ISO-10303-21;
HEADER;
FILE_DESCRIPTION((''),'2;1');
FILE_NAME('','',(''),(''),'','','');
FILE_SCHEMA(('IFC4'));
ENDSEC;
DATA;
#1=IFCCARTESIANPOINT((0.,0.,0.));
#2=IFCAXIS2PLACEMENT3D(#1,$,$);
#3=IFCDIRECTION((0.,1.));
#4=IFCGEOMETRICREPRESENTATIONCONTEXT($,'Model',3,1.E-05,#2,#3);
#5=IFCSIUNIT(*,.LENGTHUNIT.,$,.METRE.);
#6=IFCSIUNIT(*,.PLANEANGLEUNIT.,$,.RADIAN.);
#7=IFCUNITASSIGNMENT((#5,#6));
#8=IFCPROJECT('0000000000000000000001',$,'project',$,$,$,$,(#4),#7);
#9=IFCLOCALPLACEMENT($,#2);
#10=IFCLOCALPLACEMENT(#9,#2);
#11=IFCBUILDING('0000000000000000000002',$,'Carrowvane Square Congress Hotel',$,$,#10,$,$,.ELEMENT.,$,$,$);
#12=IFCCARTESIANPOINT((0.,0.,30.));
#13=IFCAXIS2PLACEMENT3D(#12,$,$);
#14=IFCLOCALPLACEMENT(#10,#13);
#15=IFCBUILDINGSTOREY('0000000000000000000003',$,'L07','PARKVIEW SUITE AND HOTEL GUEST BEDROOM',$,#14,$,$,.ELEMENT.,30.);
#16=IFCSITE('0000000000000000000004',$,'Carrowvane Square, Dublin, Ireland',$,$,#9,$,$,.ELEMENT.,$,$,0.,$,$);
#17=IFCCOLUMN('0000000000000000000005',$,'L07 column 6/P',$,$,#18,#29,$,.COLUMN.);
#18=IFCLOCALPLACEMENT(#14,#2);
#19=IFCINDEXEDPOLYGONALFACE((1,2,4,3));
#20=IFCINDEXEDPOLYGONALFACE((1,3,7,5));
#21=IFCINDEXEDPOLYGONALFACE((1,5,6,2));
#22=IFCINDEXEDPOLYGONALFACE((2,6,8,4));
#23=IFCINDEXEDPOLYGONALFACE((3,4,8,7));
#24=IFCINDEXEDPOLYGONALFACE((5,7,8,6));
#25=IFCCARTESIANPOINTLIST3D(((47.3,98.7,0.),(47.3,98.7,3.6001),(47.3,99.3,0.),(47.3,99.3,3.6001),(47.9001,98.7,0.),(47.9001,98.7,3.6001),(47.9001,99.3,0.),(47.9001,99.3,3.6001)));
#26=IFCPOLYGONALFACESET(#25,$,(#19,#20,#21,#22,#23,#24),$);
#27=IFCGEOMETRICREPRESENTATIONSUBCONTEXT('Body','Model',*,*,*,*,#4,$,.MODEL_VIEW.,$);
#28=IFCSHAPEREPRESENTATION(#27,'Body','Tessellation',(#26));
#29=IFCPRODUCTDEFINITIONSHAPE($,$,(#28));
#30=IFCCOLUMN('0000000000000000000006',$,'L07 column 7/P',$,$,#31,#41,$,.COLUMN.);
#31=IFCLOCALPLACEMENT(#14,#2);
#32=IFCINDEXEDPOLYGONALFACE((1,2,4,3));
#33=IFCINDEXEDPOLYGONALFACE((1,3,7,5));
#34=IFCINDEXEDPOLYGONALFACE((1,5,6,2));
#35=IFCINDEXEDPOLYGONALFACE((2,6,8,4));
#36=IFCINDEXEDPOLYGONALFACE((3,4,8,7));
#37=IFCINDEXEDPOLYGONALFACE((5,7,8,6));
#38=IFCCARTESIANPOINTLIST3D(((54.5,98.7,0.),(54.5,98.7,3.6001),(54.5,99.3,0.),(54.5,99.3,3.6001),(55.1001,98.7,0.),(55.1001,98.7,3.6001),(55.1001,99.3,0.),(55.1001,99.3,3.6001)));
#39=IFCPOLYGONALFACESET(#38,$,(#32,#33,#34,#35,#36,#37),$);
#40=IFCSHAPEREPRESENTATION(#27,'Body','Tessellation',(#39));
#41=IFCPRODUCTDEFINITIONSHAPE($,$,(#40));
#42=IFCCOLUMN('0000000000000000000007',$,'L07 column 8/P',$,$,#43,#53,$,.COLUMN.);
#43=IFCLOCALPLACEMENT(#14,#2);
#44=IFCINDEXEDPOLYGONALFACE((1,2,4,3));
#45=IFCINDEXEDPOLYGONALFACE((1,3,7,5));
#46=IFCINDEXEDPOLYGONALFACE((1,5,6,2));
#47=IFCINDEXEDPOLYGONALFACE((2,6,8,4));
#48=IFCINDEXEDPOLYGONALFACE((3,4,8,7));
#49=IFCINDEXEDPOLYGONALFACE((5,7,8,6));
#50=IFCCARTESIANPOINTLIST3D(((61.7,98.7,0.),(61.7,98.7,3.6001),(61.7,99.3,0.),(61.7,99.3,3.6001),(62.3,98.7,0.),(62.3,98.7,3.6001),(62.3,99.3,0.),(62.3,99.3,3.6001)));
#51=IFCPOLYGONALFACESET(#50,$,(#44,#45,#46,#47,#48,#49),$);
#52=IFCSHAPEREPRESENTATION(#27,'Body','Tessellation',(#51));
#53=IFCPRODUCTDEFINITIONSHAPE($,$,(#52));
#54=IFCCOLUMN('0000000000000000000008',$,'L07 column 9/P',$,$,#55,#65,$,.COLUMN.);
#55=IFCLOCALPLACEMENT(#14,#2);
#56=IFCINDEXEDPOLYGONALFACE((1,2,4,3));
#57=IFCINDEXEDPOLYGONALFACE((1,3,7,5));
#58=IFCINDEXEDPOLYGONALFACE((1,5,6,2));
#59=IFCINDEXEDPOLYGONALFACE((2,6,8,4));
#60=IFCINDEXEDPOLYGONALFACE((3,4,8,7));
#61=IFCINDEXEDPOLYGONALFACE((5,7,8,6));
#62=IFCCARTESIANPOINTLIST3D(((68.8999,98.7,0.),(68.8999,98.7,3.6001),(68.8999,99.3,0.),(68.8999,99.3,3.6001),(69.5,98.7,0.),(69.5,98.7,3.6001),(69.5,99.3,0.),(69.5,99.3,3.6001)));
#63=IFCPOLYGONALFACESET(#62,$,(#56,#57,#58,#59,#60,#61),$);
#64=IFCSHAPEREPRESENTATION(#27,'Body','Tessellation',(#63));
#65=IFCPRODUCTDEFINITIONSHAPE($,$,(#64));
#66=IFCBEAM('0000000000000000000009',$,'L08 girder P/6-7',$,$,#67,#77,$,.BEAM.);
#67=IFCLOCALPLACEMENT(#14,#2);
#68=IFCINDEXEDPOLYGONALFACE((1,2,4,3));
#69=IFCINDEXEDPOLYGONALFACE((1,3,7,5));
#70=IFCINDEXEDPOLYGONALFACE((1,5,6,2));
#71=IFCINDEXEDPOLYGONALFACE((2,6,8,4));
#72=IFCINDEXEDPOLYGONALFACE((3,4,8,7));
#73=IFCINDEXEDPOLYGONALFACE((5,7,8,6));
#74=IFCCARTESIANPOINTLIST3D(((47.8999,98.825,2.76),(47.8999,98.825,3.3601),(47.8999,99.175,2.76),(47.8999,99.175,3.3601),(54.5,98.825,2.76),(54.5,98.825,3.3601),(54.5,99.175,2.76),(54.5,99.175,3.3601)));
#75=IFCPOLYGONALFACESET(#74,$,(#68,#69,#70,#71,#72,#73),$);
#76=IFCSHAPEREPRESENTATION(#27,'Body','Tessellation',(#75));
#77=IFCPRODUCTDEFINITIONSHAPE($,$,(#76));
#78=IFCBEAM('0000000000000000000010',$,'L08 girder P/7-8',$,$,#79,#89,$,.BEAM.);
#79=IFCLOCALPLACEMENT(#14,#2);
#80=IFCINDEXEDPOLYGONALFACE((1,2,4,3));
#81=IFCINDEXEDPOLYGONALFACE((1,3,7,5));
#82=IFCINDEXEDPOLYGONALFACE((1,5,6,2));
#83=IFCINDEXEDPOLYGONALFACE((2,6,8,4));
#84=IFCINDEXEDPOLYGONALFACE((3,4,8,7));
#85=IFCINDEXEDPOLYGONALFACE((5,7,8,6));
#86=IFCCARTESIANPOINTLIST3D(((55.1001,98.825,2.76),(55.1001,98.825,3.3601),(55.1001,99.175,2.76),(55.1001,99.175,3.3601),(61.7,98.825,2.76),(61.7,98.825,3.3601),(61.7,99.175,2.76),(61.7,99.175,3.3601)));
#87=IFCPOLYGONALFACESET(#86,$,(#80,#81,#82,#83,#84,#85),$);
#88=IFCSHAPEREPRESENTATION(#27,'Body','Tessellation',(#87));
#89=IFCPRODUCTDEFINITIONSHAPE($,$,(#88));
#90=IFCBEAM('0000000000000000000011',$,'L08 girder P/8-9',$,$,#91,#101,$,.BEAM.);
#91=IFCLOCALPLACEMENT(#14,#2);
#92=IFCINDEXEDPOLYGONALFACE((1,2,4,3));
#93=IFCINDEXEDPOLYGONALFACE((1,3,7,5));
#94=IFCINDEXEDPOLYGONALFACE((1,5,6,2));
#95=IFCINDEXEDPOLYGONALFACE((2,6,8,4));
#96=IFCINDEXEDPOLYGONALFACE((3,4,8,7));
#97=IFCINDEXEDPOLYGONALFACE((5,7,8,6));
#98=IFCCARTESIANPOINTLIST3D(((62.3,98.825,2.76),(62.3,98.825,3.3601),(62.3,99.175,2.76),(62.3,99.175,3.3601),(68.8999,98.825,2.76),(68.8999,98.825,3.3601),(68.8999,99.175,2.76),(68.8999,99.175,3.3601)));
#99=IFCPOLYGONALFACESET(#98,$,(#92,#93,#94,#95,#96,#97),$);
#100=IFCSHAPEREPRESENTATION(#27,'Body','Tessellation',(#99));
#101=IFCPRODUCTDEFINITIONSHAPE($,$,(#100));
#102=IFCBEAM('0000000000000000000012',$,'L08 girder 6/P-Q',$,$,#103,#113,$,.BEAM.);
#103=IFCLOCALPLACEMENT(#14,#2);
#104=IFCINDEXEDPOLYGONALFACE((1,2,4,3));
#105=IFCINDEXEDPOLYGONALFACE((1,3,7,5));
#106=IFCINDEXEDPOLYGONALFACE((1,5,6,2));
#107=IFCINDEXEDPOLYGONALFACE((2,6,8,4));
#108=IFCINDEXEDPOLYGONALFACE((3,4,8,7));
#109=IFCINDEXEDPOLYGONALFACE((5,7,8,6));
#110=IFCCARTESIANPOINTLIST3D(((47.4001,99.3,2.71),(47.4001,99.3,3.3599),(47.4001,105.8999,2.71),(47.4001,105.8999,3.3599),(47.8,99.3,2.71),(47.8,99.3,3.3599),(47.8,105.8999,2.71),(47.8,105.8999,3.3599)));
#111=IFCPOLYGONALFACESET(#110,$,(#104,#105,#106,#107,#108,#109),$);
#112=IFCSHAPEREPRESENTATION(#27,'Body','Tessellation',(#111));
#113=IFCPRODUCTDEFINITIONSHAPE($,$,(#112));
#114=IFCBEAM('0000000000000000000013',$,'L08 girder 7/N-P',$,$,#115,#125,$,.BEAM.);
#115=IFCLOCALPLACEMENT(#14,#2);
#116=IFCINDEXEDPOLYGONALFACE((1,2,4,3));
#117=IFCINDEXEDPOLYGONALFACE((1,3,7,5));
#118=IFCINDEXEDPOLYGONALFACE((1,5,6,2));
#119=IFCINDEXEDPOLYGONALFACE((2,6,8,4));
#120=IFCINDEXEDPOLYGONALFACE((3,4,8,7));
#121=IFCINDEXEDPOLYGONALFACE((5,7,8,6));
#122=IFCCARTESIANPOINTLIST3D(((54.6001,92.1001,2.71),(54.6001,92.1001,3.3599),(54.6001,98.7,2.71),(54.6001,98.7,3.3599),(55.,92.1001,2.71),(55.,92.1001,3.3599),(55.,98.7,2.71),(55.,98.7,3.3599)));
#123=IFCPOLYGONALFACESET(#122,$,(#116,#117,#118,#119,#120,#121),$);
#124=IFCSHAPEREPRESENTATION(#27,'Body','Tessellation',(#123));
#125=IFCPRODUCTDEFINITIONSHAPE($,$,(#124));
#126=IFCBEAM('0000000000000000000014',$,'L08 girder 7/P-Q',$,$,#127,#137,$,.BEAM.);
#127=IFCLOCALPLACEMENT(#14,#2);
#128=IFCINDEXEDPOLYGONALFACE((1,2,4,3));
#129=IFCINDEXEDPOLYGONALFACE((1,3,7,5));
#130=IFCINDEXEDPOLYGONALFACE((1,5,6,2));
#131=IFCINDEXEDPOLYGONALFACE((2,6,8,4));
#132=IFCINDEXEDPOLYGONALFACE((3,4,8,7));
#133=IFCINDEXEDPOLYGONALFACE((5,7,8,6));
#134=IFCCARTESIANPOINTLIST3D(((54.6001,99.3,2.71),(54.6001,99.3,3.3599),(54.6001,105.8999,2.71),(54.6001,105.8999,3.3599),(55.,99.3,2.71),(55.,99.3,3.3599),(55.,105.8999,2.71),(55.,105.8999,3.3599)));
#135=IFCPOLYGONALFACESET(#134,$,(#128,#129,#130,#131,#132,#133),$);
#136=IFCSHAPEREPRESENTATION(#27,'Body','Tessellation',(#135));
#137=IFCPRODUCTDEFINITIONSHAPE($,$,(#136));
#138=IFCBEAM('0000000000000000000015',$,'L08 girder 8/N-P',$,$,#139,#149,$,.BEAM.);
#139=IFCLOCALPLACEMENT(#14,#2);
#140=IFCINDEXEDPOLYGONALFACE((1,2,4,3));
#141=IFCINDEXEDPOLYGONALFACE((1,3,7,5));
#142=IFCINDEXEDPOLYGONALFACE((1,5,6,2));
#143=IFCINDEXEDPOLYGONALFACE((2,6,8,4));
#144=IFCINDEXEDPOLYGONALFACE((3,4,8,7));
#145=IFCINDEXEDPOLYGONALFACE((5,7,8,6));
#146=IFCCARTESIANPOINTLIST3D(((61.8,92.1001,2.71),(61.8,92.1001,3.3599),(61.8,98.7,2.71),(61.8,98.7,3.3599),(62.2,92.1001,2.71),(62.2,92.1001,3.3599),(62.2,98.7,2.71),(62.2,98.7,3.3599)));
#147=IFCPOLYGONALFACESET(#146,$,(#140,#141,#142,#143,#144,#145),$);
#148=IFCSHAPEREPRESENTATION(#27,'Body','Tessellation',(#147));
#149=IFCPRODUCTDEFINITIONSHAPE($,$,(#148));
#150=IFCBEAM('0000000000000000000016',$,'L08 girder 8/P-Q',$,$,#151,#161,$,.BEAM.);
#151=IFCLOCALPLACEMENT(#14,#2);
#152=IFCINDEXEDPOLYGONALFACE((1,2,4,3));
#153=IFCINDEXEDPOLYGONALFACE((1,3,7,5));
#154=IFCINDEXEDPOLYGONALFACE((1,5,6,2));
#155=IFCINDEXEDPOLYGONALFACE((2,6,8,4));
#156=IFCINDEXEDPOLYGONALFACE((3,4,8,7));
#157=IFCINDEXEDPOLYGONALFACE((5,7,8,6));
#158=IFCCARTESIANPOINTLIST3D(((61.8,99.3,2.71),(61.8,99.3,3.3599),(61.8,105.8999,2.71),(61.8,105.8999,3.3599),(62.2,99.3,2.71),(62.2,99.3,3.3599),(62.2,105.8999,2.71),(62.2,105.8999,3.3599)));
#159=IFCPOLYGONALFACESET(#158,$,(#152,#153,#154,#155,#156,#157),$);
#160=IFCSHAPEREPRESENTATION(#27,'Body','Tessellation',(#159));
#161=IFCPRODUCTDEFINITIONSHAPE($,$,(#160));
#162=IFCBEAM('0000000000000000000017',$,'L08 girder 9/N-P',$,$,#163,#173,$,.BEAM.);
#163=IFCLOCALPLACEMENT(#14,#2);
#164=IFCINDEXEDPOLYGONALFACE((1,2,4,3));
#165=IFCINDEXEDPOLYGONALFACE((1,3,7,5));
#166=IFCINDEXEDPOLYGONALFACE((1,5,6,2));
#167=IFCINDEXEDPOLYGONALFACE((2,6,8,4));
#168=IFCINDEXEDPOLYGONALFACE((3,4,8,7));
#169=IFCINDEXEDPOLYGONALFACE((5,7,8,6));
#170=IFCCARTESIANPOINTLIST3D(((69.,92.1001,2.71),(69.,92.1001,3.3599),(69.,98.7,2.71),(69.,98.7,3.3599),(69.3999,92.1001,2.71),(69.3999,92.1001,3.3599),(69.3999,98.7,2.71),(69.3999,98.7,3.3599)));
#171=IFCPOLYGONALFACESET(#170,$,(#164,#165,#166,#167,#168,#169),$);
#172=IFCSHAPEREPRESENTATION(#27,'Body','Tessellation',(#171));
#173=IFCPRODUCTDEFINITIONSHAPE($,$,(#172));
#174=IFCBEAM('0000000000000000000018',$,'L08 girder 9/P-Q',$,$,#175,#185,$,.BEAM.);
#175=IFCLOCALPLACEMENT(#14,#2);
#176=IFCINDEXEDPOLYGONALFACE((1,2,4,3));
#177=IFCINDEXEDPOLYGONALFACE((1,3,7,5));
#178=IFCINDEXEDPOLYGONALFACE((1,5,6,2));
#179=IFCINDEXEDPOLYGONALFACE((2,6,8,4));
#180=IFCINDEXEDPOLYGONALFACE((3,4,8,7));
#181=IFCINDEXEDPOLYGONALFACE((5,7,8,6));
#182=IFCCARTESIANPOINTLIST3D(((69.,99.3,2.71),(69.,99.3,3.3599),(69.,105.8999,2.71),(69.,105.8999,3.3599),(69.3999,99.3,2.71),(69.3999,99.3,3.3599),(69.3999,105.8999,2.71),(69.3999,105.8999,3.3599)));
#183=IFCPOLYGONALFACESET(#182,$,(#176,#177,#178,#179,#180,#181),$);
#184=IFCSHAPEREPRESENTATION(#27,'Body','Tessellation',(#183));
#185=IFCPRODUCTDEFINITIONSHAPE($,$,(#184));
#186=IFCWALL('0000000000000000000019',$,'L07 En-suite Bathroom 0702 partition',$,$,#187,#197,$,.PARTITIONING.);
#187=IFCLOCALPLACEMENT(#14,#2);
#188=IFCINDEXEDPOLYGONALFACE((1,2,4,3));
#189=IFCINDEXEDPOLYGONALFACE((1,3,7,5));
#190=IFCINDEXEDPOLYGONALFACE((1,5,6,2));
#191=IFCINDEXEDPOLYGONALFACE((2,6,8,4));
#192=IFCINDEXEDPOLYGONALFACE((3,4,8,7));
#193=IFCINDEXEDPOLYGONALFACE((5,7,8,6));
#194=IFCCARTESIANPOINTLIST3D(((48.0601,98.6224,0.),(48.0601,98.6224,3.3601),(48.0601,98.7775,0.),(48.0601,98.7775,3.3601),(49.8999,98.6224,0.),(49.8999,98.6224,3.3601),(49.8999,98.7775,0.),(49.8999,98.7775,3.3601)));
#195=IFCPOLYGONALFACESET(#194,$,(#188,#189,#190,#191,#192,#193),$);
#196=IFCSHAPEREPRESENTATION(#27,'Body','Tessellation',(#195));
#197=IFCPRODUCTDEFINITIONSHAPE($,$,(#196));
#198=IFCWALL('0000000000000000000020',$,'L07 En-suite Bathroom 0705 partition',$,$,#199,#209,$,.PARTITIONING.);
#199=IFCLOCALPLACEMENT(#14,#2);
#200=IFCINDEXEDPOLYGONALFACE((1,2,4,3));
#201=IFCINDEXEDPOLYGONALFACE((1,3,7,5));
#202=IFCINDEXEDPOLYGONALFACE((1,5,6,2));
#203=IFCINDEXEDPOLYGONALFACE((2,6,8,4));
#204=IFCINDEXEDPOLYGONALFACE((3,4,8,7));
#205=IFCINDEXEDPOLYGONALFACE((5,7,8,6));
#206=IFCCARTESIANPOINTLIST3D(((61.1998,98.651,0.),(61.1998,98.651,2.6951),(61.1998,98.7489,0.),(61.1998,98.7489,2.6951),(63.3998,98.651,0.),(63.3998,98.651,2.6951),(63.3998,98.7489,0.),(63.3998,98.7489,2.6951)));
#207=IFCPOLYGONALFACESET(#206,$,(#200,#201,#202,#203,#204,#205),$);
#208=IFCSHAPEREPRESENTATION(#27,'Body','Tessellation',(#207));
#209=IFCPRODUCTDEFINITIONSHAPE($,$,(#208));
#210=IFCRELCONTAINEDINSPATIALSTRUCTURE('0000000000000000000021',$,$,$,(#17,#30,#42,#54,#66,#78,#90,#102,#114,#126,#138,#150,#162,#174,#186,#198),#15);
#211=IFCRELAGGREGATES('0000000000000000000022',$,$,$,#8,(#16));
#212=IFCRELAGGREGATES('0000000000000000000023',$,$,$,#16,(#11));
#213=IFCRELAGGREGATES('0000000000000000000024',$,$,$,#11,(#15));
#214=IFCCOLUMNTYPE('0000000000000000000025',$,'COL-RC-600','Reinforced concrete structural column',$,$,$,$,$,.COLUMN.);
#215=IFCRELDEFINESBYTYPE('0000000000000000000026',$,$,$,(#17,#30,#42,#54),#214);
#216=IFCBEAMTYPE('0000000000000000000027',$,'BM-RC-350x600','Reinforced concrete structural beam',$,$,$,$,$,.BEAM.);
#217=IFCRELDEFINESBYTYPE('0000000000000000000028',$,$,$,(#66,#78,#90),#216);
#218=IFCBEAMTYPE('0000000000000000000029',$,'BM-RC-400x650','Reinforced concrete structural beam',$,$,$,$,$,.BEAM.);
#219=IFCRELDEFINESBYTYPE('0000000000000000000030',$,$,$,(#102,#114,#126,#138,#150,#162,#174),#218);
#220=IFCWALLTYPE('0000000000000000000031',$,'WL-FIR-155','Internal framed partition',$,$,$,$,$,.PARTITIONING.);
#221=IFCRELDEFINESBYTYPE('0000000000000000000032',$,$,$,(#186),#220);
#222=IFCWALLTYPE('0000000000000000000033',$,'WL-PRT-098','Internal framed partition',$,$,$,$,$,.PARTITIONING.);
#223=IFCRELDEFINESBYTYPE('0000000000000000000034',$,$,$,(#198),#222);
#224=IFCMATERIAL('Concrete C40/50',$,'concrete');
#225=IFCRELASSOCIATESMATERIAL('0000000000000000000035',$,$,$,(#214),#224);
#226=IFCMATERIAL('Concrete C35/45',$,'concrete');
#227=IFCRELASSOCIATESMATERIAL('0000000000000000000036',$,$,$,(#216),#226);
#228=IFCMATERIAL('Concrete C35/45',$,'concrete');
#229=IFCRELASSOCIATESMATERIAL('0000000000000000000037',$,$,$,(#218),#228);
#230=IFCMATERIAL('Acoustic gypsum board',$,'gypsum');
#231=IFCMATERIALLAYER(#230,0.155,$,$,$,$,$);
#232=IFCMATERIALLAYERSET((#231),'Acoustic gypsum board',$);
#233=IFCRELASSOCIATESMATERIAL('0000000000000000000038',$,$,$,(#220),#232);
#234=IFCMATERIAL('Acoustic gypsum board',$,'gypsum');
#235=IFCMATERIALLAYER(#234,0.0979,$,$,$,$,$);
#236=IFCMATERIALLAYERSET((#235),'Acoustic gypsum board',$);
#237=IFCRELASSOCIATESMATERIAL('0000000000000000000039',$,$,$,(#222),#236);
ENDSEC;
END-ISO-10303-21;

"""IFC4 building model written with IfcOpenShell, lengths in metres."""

from ifc_helpers import new_model, si_unit, direction, frame, frame_2d, origin, origin_2d, place, context, subcontext, project, spatial, rectangle, extrude, material, layer, layer_set, material_profile, profile_set, type_object, element, save


model = new_model("IFC4")

# Units and contexts
model_context = context("Model", 3, precision=1e-05, world=origin(), true_north=direction((0.0, 1.0)))
body_context = subcontext(model_context, "Body", "Model", "MODEL_VIEW")
ifc_project = project(units=[si_unit("LENGTHUNIT", "METRE"), si_unit("PLANEANGLEUNIT", "RADIAN")], contexts=[model_context])

# Site, building, storey
site_placement = place(None, origin())
site = spatial("IfcSite", under=ifc_project, at=site_placement, Name="Carrowvane Square, Dublin, Ireland", CompositionType="ELEMENT", RefElevation=0.0)
building_placement = place(site_placement, origin())
building = spatial("IfcBuilding", under=site, at=building_placement, Name="Carrowvane Square Congress Hotel", CompositionType="ELEMENT")
storey_placement = place(building_placement, frame((0.0, 0.0, 30.0)))
storey = spatial("IfcBuildingStorey", under=building, at=storey_placement, Name="L07", Description="PARKVIEW SUITE AND HOTEL GUEST BEDROOM", CompositionType="ELEMENT", Elevation=30.0)

# Columns
ifc_material_1 = material(Name="Concrete C40/50", Category="concrete")
ifc_material_profile_1 = material_profile(ifc_material_1, rectangle(XDim=0.6001, YDim=0.6001, at=origin_2d()), Name="RC 600x600")
ifc_profile_set_1 = profile_set([ifc_material_profile_1], Name="Concrete C40/50")
column_type = type_object("IfcColumnType", Name="COL-RC-600", Description="Reinforced concrete structural column", PredefinedType="COLUMN", material=ifc_profile_set_1)
for number, where, z_axis, x_axis, name in (
    (1, (47.6001, 99.0, 0.0), (0.0, 0.0, 1.0), (1.0, 0.0, 0.0), "L07 column 6/P"),
    (2, (54.8, 99.0, 0.0), (0.0, 0.0, 1.0), (1.0, 0.0, 0.0), "L07 column 7/P"),
    (3, (62.0, 99.0, 0.0), (0.0, 0.0, 1.0), (1.0, 0.0, 0.0), "L07 column 8/P"),
    (4, (69.2, 99.0, 0.0), (0.0, 0.0, 1.0), (1.0, 0.0, 0.0), "L07 column 9/P"),
):
    element("IfcColumn", number, at=place(storey_placement, frame(where, z_axis=z_axis, x_axis=x_axis)), inside=storey, type_object=column_type, Name=name, PredefinedType="COLUMN", context=body_context, shape_type="SweptSolid", body=[
        extrude(rectangle(XDim=0.6001, YDim=0.6001, at=origin_2d()), origin(), (0.0, 0.0, 1.0), 3.6001),
    ])

# Beams
ifc_material_2 = material(Name="Concrete C35/45", Category="concrete")
ifc_material_profile_2 = material_profile(ifc_material_2, rectangle(XDim=0.3501, YDim=0.6001, at=origin_2d()), Name="RC 350x600")
ifc_profile_set_2 = profile_set([ifc_material_profile_2], Name="Concrete C35/45")
beam_type_1 = type_object("IfcBeamType", Name="BM-RC-350x600", Description="Reinforced concrete structural beam", PredefinedType="BEAM", material=ifc_profile_set_2)
beam_placement = place(storey_placement, frame((47.8999, 99.0, 3.0601), z_axis=(1.0, 0.0, 0.0), x_axis=(0.0, 1.0, 0.0)))
element("IfcBeam", 5, at=beam_placement, inside=storey, type_object=beam_type_1, Name="L08 girder P/6-7", PredefinedType="BEAM", context=body_context, shape_type="SweptSolid", body=[
    extrude(rectangle(XDim=0.3501, YDim=0.6001, at=origin_2d()), origin(), (0.0, 0.0, 1.0), 6.6001),
])
for number, where, z_axis, x_axis, name in (
    (6, (55.1001, 99.0, 3.0601), (1.0, 0.0, 0.0), (0.0, 1.0, 0.0), "L08 girder P/7-8"),
    (7, (62.3, 99.0, 3.0601), (1.0, 0.0, 0.0), (0.0, 1.0, 0.0), "L08 girder P/8-9"),
):
    element("IfcBeam", number, at=place(storey_placement, frame(where, z_axis=z_axis, x_axis=x_axis)), inside=storey, type_object=beam_type_1, Name=name, PredefinedType="BEAM", context=body_context, shape_type="SweptSolid", body=[
        extrude(rectangle(XDim=0.3501, YDim=0.6001, at=origin_2d()), origin(), (0.0, 0.0, 1.0), 6.5999),
    ])
ifc_material_3 = material(Name="Concrete C35/45", Category="concrete")
ifc_material_profile_3 = material_profile(ifc_material_3, rectangle(XDim=0.3999, YDim=0.6499, at=origin_2d()), Name="RC 400x650")
ifc_profile_set_3 = profile_set([ifc_material_profile_3], Name="Concrete C35/45")
beam_type_2 = type_object("IfcBeamType", Name="BM-RC-400x650", Description="Reinforced concrete structural beam", PredefinedType="BEAM", material=ifc_profile_set_3)
for number, where, z_axis, x_axis, name in (
    (8, (47.6001, 99.3, 3.0349), (0.0, 1.0, 0.0), (-1.0, 0.0, 0.0), "L08 girder 6/P-Q"),
    (9, (54.8, 92.1001, 3.0349), (0.0, 1.0, 0.0), (-1.0, 0.0, 0.0), "L08 girder 7/N-P"),
    (10, (54.8, 99.3, 3.0349), (0.0, 1.0, 0.0), (-1.0, 0.0, 0.0), "L08 girder 7/P-Q"),
    (11, (62.0, 92.1001, 3.0349), (0.0, 1.0, 0.0), (-1.0, 0.0, 0.0), "L08 girder 8/N-P"),
    (12, (62.0, 99.3, 3.0349), (0.0, 1.0, 0.0), (-1.0, 0.0, 0.0), "L08 girder 8/P-Q"),
    (13, (69.2, 92.1001, 3.0349), (0.0, 1.0, 0.0), (-1.0, 0.0, 0.0), "L08 girder 9/N-P"),
    (14, (69.2, 99.3, 3.0349), (0.0, 1.0, 0.0), (-1.0, 0.0, 0.0), "L08 girder 9/P-Q"),
):
    element("IfcBeam", number, at=place(storey_placement, frame(where, z_axis=z_axis, x_axis=x_axis)), inside=storey, type_object=beam_type_2, Name=name, PredefinedType="BEAM", context=body_context, shape_type="SweptSolid", body=[
        extrude(rectangle(XDim=0.3999, YDim=0.6499, at=origin_2d()), origin(), (0.0, 0.0, 1.0), 6.5999),
    ])

# Walls
ifc_material_4 = material(Name="Acoustic gypsum board", Category="gypsum")
ifc_layer_1 = layer(ifc_material_4, 0.155)
ifc_layer_set_1 = layer_set([ifc_layer_1], Name="Acoustic gypsum board")
wall_type_1 = type_object("IfcWallType", Name="WL-FIR-155", Description="Internal framed partition", PredefinedType="PARTITIONING", material=ifc_layer_set_1)
wall_1_placement = place(storey_placement, frame((49.8999, 98.7, 0.0), z_axis=(0.0, 0.0, 1.0), x_axis=(-1.0, 0.0, 0.0)))
element("IfcWall", 15, at=wall_1_placement, inside=storey, type_object=wall_type_1, Name="L07 En-suite Bathroom 0702 partition", PredefinedType="PARTITIONING", context=body_context, shape_type="SweptSolid", body=[
    extrude(rectangle(XDim=1.8398, YDim=0.155, at=frame_2d((0.9199, 0.0))), origin(), (0.0, 0.0, 1.0), 3.3601),
])
ifc_material_5 = material(Name="Acoustic gypsum board", Category="gypsum")
ifc_layer_2 = layer(ifc_material_5, 0.0979)
ifc_layer_set_2 = layer_set([ifc_layer_2], Name="Acoustic gypsum board")
wall_type_2 = type_object("IfcWallType", Name="WL-PRT-098", Description="Internal framed partition", PredefinedType="PARTITIONING", material=ifc_layer_set_2)
wall_2_placement = place(storey_placement, frame((63.3999, 98.7, 0.0), z_axis=(0.0, 0.0, 1.0), x_axis=(-1.0, 0.0, 0.0)))
element("IfcWall", 16, at=wall_2_placement, inside=storey, type_object=wall_type_2, Name="L07 En-suite Bathroom 0705 partition", PredefinedType="PARTITIONING", context=body_context, shape_type="SweptSolid", body=[
    extrude(rectangle(XDim=2.2, YDim=0.0979, at=frame_2d((1.1001, 0.0))), origin(), (0.0, 0.0, 1.0), 2.6951),
])

save(model, "model.ifc")
